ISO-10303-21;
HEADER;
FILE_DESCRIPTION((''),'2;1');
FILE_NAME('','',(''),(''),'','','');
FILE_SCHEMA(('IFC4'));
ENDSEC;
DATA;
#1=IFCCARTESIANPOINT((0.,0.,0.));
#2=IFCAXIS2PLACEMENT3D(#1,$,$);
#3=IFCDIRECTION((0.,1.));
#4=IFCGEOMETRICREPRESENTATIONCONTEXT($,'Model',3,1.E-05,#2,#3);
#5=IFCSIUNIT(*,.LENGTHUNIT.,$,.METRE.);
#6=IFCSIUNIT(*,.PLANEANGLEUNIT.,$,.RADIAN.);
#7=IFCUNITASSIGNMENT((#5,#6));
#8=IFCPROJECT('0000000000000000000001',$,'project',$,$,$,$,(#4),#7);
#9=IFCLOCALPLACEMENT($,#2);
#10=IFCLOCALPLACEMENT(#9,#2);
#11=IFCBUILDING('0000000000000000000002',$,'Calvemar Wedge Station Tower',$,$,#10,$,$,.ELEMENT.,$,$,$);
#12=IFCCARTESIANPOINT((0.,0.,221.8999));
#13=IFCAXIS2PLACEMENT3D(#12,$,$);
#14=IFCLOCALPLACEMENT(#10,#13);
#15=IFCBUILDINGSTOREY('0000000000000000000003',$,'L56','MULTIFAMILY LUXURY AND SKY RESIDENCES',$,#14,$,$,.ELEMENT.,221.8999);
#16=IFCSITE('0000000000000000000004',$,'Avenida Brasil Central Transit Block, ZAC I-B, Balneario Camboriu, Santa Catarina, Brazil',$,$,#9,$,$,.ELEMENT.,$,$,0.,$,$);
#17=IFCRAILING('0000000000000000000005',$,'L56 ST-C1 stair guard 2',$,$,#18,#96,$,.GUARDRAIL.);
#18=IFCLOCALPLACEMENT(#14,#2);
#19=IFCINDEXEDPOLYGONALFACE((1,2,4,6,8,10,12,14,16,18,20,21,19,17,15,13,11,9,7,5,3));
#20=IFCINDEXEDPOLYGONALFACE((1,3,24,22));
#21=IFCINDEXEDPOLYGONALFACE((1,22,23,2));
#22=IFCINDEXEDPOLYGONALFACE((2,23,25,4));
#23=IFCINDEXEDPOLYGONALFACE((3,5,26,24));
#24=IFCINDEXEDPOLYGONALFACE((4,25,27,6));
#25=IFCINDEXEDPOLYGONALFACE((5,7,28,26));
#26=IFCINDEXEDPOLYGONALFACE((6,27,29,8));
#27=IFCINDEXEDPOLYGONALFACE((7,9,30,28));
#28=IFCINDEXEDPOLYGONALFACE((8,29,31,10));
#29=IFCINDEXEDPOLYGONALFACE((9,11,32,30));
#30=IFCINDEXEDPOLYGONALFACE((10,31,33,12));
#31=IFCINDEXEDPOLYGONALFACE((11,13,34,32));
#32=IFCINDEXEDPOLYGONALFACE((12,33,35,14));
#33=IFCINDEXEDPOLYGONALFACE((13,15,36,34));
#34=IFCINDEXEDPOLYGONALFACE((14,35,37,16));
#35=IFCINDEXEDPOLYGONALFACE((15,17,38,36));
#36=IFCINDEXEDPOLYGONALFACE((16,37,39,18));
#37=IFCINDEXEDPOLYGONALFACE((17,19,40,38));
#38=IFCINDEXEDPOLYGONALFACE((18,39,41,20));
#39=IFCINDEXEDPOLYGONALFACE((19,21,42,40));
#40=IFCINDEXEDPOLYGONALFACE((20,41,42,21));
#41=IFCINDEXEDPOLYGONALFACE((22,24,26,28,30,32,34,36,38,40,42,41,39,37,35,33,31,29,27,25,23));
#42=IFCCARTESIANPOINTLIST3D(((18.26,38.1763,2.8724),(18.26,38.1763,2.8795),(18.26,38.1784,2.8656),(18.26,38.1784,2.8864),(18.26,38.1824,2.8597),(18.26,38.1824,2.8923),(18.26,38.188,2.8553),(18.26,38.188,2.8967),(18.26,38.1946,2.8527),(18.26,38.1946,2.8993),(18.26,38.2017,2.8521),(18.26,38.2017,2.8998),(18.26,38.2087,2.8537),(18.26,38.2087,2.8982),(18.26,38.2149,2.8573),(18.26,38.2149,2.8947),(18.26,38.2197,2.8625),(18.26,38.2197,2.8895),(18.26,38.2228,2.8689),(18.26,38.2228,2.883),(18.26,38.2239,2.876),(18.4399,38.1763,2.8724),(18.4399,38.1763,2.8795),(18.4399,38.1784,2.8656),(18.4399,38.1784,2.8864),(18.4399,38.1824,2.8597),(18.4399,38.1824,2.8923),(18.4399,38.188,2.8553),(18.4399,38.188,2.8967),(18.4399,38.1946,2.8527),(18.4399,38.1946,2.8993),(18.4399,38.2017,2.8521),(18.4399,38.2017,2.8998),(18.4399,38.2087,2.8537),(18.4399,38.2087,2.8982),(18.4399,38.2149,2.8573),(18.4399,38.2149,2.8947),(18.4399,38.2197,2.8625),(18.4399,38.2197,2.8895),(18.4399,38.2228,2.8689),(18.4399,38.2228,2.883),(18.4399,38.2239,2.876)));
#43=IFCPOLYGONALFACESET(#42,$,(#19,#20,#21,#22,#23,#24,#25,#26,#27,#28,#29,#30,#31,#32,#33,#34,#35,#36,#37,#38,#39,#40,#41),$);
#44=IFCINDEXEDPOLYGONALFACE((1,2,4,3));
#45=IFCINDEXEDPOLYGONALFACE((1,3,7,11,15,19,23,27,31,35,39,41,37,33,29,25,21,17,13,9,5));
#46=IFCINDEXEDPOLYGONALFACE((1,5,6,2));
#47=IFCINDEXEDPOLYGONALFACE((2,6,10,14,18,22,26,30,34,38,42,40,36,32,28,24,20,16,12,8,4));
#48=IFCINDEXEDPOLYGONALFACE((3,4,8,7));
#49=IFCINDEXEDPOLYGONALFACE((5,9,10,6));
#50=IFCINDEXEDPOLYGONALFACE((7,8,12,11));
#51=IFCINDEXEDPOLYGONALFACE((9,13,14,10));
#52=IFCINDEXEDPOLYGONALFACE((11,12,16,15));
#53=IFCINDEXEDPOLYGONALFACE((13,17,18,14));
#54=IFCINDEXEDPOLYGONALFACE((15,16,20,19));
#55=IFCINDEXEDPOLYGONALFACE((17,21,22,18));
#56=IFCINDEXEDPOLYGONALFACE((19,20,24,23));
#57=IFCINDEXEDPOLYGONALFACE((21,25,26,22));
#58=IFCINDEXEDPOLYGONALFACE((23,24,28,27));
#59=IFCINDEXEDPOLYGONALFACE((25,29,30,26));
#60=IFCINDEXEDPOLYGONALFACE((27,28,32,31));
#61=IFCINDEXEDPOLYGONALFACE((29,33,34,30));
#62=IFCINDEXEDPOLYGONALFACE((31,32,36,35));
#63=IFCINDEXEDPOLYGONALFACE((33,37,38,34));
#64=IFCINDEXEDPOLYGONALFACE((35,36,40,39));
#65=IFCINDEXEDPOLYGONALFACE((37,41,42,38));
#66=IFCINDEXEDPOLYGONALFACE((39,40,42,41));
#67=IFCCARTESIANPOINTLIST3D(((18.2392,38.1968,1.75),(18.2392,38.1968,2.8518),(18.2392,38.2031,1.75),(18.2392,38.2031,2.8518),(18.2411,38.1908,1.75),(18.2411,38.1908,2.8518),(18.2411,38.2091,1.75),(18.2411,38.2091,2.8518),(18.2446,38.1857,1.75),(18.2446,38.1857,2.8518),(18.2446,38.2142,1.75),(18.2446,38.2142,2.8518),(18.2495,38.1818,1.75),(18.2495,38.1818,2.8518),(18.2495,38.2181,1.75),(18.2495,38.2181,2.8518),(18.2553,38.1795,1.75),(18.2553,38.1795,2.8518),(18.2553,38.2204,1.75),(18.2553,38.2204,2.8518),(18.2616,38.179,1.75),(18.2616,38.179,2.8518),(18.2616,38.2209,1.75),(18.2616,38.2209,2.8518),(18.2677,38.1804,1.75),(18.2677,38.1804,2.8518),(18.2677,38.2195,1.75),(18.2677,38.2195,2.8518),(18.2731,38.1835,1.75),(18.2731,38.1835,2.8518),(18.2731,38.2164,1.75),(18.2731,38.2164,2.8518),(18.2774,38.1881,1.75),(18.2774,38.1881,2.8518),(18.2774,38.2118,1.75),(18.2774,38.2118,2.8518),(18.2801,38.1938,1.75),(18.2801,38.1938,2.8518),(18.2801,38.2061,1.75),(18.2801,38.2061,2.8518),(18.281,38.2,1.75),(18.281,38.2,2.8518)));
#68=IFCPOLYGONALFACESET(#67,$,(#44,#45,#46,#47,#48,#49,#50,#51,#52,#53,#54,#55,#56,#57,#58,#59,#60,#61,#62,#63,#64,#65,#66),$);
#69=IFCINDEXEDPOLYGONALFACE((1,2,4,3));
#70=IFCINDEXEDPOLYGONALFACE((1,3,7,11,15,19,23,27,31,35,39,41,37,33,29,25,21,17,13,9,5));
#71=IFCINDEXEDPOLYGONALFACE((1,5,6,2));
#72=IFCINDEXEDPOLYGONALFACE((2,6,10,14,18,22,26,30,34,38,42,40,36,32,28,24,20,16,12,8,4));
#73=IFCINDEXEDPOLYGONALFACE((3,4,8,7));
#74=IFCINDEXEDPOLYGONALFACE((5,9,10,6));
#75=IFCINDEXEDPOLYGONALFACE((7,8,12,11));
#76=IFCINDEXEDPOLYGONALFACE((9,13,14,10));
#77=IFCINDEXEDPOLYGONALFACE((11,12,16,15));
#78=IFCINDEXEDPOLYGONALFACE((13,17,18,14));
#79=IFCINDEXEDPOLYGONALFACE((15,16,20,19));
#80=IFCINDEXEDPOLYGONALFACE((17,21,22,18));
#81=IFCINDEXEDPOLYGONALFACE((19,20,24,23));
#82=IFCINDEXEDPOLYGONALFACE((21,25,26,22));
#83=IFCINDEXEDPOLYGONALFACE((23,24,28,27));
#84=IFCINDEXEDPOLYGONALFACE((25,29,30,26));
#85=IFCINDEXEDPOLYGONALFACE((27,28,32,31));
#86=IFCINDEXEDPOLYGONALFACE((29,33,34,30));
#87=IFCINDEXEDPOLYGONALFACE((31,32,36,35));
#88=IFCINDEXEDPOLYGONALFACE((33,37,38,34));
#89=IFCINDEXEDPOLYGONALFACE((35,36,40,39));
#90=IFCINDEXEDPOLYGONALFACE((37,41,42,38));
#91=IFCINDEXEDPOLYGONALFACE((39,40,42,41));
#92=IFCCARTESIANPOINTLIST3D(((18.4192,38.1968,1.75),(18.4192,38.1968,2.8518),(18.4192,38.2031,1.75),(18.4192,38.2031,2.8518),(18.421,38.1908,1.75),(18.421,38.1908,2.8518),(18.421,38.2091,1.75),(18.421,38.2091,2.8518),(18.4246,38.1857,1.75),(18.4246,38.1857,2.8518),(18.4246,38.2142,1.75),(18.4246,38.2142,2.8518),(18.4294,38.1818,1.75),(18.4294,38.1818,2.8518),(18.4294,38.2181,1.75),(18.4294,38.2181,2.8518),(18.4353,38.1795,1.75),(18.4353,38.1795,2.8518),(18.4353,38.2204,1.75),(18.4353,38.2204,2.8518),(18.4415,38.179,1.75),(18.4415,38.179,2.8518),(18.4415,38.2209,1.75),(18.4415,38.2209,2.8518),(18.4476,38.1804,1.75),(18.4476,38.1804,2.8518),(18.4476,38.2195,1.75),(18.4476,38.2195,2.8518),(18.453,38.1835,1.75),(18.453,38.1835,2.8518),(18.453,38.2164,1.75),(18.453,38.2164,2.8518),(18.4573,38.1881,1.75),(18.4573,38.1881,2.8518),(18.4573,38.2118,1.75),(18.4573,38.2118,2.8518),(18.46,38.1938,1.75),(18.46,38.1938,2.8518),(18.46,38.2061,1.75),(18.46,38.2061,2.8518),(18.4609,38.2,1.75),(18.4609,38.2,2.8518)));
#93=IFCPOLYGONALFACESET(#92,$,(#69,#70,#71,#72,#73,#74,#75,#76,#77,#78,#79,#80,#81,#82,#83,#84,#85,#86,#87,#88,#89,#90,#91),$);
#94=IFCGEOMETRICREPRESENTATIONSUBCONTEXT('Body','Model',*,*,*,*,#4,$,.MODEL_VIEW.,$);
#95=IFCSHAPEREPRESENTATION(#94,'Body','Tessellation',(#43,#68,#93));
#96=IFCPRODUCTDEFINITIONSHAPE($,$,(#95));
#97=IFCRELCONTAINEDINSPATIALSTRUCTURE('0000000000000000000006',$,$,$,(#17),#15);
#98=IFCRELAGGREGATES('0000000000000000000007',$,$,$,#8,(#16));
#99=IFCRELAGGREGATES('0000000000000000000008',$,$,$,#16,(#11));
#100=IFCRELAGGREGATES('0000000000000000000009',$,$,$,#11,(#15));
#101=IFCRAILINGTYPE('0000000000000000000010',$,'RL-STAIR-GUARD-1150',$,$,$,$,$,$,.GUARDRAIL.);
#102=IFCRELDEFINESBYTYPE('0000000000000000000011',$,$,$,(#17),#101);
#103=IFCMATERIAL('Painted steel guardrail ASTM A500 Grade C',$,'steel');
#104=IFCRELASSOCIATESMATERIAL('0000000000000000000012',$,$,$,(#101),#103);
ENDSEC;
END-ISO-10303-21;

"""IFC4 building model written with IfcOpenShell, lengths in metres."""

from ifc_helpers import new_model, si_unit, direction, frame, origin, origin_2d, place, context, subcontext, project, spatial, circle, extrude, material, type_object, element, save


model = new_model("IFC4")

# Units and contexts
model_context = context("Model", 3, precision=1e-05, world=origin(), true_north=direction((0.0, 1.0)))
body_context = subcontext(model_context, "Body", "Model", "MODEL_VIEW")
ifc_project = project(units=[si_unit("LENGTHUNIT", "METRE"), si_unit("PLANEANGLEUNIT", "RADIAN")], contexts=[model_context])

# Site, building, storey
site_placement = place(None, origin())
site = spatial("IfcSite", under=ifc_project, at=site_placement, Name="Avenida Brasil Central Transit Block, ZAC I-B, Balneario Camboriu, Santa Catarina, Brazil", CompositionType="ELEMENT", RefElevation=0.0)
building_placement = place(site_placement, origin())
building = spatial("IfcBuilding", under=site, at=building_placement, Name="Calvemar Wedge Station Tower", CompositionType="ELEMENT")
storey_placement = place(building_placement, frame((0.0, 0.0, 221.8999)))
storey = spatial("IfcBuildingStorey", under=building, at=storey_placement, Name="L56", Description="MULTIFAMILY LUXURY AND SKY RESIDENCES", CompositionType="ELEMENT", Elevation=221.8999)

# Railing
ifc_material_1 = material(Name="Painted steel guardrail ASTM A500 Grade C", Category="steel")
railing_type_1 = type_object("IfcRailingType", Name="RL-STAIR-GUARD-1150", PredefinedType="GUARDRAIL", material=ifc_material_1)
railing_1_placement = place(storey_placement, frame((18.26, 38.2, 1.75)))
element("IfcRailing", 1, at=railing_1_placement, inside=storey, type_object=railing_type_1, Name="L56 ST-C1 stair guard 2", PredefinedType="GUARDRAIL", context=body_context, shape_type="SweptSolid", body=[
    extrude(circle(Radius=0.0239, at=origin_2d()), frame((0.0, 0.0, 1.126), z_axis=(1.0, 0.0, 0.0), x_axis=(0.0, 1.0, 0.0)), (0.0, 0.0, 1.0), 0.1799),
    extrude(circle(Radius=0.021, at=origin_2d()), origin(), (0.0, 0.0, 1.0), 1.1018),
    extrude(circle(Radius=0.021, at=origin_2d()), frame((0.1799, 0.0, 0.0)), (0.0, 0.0, 1.0), 1.1018),
])

save(model, "model.ifc")
